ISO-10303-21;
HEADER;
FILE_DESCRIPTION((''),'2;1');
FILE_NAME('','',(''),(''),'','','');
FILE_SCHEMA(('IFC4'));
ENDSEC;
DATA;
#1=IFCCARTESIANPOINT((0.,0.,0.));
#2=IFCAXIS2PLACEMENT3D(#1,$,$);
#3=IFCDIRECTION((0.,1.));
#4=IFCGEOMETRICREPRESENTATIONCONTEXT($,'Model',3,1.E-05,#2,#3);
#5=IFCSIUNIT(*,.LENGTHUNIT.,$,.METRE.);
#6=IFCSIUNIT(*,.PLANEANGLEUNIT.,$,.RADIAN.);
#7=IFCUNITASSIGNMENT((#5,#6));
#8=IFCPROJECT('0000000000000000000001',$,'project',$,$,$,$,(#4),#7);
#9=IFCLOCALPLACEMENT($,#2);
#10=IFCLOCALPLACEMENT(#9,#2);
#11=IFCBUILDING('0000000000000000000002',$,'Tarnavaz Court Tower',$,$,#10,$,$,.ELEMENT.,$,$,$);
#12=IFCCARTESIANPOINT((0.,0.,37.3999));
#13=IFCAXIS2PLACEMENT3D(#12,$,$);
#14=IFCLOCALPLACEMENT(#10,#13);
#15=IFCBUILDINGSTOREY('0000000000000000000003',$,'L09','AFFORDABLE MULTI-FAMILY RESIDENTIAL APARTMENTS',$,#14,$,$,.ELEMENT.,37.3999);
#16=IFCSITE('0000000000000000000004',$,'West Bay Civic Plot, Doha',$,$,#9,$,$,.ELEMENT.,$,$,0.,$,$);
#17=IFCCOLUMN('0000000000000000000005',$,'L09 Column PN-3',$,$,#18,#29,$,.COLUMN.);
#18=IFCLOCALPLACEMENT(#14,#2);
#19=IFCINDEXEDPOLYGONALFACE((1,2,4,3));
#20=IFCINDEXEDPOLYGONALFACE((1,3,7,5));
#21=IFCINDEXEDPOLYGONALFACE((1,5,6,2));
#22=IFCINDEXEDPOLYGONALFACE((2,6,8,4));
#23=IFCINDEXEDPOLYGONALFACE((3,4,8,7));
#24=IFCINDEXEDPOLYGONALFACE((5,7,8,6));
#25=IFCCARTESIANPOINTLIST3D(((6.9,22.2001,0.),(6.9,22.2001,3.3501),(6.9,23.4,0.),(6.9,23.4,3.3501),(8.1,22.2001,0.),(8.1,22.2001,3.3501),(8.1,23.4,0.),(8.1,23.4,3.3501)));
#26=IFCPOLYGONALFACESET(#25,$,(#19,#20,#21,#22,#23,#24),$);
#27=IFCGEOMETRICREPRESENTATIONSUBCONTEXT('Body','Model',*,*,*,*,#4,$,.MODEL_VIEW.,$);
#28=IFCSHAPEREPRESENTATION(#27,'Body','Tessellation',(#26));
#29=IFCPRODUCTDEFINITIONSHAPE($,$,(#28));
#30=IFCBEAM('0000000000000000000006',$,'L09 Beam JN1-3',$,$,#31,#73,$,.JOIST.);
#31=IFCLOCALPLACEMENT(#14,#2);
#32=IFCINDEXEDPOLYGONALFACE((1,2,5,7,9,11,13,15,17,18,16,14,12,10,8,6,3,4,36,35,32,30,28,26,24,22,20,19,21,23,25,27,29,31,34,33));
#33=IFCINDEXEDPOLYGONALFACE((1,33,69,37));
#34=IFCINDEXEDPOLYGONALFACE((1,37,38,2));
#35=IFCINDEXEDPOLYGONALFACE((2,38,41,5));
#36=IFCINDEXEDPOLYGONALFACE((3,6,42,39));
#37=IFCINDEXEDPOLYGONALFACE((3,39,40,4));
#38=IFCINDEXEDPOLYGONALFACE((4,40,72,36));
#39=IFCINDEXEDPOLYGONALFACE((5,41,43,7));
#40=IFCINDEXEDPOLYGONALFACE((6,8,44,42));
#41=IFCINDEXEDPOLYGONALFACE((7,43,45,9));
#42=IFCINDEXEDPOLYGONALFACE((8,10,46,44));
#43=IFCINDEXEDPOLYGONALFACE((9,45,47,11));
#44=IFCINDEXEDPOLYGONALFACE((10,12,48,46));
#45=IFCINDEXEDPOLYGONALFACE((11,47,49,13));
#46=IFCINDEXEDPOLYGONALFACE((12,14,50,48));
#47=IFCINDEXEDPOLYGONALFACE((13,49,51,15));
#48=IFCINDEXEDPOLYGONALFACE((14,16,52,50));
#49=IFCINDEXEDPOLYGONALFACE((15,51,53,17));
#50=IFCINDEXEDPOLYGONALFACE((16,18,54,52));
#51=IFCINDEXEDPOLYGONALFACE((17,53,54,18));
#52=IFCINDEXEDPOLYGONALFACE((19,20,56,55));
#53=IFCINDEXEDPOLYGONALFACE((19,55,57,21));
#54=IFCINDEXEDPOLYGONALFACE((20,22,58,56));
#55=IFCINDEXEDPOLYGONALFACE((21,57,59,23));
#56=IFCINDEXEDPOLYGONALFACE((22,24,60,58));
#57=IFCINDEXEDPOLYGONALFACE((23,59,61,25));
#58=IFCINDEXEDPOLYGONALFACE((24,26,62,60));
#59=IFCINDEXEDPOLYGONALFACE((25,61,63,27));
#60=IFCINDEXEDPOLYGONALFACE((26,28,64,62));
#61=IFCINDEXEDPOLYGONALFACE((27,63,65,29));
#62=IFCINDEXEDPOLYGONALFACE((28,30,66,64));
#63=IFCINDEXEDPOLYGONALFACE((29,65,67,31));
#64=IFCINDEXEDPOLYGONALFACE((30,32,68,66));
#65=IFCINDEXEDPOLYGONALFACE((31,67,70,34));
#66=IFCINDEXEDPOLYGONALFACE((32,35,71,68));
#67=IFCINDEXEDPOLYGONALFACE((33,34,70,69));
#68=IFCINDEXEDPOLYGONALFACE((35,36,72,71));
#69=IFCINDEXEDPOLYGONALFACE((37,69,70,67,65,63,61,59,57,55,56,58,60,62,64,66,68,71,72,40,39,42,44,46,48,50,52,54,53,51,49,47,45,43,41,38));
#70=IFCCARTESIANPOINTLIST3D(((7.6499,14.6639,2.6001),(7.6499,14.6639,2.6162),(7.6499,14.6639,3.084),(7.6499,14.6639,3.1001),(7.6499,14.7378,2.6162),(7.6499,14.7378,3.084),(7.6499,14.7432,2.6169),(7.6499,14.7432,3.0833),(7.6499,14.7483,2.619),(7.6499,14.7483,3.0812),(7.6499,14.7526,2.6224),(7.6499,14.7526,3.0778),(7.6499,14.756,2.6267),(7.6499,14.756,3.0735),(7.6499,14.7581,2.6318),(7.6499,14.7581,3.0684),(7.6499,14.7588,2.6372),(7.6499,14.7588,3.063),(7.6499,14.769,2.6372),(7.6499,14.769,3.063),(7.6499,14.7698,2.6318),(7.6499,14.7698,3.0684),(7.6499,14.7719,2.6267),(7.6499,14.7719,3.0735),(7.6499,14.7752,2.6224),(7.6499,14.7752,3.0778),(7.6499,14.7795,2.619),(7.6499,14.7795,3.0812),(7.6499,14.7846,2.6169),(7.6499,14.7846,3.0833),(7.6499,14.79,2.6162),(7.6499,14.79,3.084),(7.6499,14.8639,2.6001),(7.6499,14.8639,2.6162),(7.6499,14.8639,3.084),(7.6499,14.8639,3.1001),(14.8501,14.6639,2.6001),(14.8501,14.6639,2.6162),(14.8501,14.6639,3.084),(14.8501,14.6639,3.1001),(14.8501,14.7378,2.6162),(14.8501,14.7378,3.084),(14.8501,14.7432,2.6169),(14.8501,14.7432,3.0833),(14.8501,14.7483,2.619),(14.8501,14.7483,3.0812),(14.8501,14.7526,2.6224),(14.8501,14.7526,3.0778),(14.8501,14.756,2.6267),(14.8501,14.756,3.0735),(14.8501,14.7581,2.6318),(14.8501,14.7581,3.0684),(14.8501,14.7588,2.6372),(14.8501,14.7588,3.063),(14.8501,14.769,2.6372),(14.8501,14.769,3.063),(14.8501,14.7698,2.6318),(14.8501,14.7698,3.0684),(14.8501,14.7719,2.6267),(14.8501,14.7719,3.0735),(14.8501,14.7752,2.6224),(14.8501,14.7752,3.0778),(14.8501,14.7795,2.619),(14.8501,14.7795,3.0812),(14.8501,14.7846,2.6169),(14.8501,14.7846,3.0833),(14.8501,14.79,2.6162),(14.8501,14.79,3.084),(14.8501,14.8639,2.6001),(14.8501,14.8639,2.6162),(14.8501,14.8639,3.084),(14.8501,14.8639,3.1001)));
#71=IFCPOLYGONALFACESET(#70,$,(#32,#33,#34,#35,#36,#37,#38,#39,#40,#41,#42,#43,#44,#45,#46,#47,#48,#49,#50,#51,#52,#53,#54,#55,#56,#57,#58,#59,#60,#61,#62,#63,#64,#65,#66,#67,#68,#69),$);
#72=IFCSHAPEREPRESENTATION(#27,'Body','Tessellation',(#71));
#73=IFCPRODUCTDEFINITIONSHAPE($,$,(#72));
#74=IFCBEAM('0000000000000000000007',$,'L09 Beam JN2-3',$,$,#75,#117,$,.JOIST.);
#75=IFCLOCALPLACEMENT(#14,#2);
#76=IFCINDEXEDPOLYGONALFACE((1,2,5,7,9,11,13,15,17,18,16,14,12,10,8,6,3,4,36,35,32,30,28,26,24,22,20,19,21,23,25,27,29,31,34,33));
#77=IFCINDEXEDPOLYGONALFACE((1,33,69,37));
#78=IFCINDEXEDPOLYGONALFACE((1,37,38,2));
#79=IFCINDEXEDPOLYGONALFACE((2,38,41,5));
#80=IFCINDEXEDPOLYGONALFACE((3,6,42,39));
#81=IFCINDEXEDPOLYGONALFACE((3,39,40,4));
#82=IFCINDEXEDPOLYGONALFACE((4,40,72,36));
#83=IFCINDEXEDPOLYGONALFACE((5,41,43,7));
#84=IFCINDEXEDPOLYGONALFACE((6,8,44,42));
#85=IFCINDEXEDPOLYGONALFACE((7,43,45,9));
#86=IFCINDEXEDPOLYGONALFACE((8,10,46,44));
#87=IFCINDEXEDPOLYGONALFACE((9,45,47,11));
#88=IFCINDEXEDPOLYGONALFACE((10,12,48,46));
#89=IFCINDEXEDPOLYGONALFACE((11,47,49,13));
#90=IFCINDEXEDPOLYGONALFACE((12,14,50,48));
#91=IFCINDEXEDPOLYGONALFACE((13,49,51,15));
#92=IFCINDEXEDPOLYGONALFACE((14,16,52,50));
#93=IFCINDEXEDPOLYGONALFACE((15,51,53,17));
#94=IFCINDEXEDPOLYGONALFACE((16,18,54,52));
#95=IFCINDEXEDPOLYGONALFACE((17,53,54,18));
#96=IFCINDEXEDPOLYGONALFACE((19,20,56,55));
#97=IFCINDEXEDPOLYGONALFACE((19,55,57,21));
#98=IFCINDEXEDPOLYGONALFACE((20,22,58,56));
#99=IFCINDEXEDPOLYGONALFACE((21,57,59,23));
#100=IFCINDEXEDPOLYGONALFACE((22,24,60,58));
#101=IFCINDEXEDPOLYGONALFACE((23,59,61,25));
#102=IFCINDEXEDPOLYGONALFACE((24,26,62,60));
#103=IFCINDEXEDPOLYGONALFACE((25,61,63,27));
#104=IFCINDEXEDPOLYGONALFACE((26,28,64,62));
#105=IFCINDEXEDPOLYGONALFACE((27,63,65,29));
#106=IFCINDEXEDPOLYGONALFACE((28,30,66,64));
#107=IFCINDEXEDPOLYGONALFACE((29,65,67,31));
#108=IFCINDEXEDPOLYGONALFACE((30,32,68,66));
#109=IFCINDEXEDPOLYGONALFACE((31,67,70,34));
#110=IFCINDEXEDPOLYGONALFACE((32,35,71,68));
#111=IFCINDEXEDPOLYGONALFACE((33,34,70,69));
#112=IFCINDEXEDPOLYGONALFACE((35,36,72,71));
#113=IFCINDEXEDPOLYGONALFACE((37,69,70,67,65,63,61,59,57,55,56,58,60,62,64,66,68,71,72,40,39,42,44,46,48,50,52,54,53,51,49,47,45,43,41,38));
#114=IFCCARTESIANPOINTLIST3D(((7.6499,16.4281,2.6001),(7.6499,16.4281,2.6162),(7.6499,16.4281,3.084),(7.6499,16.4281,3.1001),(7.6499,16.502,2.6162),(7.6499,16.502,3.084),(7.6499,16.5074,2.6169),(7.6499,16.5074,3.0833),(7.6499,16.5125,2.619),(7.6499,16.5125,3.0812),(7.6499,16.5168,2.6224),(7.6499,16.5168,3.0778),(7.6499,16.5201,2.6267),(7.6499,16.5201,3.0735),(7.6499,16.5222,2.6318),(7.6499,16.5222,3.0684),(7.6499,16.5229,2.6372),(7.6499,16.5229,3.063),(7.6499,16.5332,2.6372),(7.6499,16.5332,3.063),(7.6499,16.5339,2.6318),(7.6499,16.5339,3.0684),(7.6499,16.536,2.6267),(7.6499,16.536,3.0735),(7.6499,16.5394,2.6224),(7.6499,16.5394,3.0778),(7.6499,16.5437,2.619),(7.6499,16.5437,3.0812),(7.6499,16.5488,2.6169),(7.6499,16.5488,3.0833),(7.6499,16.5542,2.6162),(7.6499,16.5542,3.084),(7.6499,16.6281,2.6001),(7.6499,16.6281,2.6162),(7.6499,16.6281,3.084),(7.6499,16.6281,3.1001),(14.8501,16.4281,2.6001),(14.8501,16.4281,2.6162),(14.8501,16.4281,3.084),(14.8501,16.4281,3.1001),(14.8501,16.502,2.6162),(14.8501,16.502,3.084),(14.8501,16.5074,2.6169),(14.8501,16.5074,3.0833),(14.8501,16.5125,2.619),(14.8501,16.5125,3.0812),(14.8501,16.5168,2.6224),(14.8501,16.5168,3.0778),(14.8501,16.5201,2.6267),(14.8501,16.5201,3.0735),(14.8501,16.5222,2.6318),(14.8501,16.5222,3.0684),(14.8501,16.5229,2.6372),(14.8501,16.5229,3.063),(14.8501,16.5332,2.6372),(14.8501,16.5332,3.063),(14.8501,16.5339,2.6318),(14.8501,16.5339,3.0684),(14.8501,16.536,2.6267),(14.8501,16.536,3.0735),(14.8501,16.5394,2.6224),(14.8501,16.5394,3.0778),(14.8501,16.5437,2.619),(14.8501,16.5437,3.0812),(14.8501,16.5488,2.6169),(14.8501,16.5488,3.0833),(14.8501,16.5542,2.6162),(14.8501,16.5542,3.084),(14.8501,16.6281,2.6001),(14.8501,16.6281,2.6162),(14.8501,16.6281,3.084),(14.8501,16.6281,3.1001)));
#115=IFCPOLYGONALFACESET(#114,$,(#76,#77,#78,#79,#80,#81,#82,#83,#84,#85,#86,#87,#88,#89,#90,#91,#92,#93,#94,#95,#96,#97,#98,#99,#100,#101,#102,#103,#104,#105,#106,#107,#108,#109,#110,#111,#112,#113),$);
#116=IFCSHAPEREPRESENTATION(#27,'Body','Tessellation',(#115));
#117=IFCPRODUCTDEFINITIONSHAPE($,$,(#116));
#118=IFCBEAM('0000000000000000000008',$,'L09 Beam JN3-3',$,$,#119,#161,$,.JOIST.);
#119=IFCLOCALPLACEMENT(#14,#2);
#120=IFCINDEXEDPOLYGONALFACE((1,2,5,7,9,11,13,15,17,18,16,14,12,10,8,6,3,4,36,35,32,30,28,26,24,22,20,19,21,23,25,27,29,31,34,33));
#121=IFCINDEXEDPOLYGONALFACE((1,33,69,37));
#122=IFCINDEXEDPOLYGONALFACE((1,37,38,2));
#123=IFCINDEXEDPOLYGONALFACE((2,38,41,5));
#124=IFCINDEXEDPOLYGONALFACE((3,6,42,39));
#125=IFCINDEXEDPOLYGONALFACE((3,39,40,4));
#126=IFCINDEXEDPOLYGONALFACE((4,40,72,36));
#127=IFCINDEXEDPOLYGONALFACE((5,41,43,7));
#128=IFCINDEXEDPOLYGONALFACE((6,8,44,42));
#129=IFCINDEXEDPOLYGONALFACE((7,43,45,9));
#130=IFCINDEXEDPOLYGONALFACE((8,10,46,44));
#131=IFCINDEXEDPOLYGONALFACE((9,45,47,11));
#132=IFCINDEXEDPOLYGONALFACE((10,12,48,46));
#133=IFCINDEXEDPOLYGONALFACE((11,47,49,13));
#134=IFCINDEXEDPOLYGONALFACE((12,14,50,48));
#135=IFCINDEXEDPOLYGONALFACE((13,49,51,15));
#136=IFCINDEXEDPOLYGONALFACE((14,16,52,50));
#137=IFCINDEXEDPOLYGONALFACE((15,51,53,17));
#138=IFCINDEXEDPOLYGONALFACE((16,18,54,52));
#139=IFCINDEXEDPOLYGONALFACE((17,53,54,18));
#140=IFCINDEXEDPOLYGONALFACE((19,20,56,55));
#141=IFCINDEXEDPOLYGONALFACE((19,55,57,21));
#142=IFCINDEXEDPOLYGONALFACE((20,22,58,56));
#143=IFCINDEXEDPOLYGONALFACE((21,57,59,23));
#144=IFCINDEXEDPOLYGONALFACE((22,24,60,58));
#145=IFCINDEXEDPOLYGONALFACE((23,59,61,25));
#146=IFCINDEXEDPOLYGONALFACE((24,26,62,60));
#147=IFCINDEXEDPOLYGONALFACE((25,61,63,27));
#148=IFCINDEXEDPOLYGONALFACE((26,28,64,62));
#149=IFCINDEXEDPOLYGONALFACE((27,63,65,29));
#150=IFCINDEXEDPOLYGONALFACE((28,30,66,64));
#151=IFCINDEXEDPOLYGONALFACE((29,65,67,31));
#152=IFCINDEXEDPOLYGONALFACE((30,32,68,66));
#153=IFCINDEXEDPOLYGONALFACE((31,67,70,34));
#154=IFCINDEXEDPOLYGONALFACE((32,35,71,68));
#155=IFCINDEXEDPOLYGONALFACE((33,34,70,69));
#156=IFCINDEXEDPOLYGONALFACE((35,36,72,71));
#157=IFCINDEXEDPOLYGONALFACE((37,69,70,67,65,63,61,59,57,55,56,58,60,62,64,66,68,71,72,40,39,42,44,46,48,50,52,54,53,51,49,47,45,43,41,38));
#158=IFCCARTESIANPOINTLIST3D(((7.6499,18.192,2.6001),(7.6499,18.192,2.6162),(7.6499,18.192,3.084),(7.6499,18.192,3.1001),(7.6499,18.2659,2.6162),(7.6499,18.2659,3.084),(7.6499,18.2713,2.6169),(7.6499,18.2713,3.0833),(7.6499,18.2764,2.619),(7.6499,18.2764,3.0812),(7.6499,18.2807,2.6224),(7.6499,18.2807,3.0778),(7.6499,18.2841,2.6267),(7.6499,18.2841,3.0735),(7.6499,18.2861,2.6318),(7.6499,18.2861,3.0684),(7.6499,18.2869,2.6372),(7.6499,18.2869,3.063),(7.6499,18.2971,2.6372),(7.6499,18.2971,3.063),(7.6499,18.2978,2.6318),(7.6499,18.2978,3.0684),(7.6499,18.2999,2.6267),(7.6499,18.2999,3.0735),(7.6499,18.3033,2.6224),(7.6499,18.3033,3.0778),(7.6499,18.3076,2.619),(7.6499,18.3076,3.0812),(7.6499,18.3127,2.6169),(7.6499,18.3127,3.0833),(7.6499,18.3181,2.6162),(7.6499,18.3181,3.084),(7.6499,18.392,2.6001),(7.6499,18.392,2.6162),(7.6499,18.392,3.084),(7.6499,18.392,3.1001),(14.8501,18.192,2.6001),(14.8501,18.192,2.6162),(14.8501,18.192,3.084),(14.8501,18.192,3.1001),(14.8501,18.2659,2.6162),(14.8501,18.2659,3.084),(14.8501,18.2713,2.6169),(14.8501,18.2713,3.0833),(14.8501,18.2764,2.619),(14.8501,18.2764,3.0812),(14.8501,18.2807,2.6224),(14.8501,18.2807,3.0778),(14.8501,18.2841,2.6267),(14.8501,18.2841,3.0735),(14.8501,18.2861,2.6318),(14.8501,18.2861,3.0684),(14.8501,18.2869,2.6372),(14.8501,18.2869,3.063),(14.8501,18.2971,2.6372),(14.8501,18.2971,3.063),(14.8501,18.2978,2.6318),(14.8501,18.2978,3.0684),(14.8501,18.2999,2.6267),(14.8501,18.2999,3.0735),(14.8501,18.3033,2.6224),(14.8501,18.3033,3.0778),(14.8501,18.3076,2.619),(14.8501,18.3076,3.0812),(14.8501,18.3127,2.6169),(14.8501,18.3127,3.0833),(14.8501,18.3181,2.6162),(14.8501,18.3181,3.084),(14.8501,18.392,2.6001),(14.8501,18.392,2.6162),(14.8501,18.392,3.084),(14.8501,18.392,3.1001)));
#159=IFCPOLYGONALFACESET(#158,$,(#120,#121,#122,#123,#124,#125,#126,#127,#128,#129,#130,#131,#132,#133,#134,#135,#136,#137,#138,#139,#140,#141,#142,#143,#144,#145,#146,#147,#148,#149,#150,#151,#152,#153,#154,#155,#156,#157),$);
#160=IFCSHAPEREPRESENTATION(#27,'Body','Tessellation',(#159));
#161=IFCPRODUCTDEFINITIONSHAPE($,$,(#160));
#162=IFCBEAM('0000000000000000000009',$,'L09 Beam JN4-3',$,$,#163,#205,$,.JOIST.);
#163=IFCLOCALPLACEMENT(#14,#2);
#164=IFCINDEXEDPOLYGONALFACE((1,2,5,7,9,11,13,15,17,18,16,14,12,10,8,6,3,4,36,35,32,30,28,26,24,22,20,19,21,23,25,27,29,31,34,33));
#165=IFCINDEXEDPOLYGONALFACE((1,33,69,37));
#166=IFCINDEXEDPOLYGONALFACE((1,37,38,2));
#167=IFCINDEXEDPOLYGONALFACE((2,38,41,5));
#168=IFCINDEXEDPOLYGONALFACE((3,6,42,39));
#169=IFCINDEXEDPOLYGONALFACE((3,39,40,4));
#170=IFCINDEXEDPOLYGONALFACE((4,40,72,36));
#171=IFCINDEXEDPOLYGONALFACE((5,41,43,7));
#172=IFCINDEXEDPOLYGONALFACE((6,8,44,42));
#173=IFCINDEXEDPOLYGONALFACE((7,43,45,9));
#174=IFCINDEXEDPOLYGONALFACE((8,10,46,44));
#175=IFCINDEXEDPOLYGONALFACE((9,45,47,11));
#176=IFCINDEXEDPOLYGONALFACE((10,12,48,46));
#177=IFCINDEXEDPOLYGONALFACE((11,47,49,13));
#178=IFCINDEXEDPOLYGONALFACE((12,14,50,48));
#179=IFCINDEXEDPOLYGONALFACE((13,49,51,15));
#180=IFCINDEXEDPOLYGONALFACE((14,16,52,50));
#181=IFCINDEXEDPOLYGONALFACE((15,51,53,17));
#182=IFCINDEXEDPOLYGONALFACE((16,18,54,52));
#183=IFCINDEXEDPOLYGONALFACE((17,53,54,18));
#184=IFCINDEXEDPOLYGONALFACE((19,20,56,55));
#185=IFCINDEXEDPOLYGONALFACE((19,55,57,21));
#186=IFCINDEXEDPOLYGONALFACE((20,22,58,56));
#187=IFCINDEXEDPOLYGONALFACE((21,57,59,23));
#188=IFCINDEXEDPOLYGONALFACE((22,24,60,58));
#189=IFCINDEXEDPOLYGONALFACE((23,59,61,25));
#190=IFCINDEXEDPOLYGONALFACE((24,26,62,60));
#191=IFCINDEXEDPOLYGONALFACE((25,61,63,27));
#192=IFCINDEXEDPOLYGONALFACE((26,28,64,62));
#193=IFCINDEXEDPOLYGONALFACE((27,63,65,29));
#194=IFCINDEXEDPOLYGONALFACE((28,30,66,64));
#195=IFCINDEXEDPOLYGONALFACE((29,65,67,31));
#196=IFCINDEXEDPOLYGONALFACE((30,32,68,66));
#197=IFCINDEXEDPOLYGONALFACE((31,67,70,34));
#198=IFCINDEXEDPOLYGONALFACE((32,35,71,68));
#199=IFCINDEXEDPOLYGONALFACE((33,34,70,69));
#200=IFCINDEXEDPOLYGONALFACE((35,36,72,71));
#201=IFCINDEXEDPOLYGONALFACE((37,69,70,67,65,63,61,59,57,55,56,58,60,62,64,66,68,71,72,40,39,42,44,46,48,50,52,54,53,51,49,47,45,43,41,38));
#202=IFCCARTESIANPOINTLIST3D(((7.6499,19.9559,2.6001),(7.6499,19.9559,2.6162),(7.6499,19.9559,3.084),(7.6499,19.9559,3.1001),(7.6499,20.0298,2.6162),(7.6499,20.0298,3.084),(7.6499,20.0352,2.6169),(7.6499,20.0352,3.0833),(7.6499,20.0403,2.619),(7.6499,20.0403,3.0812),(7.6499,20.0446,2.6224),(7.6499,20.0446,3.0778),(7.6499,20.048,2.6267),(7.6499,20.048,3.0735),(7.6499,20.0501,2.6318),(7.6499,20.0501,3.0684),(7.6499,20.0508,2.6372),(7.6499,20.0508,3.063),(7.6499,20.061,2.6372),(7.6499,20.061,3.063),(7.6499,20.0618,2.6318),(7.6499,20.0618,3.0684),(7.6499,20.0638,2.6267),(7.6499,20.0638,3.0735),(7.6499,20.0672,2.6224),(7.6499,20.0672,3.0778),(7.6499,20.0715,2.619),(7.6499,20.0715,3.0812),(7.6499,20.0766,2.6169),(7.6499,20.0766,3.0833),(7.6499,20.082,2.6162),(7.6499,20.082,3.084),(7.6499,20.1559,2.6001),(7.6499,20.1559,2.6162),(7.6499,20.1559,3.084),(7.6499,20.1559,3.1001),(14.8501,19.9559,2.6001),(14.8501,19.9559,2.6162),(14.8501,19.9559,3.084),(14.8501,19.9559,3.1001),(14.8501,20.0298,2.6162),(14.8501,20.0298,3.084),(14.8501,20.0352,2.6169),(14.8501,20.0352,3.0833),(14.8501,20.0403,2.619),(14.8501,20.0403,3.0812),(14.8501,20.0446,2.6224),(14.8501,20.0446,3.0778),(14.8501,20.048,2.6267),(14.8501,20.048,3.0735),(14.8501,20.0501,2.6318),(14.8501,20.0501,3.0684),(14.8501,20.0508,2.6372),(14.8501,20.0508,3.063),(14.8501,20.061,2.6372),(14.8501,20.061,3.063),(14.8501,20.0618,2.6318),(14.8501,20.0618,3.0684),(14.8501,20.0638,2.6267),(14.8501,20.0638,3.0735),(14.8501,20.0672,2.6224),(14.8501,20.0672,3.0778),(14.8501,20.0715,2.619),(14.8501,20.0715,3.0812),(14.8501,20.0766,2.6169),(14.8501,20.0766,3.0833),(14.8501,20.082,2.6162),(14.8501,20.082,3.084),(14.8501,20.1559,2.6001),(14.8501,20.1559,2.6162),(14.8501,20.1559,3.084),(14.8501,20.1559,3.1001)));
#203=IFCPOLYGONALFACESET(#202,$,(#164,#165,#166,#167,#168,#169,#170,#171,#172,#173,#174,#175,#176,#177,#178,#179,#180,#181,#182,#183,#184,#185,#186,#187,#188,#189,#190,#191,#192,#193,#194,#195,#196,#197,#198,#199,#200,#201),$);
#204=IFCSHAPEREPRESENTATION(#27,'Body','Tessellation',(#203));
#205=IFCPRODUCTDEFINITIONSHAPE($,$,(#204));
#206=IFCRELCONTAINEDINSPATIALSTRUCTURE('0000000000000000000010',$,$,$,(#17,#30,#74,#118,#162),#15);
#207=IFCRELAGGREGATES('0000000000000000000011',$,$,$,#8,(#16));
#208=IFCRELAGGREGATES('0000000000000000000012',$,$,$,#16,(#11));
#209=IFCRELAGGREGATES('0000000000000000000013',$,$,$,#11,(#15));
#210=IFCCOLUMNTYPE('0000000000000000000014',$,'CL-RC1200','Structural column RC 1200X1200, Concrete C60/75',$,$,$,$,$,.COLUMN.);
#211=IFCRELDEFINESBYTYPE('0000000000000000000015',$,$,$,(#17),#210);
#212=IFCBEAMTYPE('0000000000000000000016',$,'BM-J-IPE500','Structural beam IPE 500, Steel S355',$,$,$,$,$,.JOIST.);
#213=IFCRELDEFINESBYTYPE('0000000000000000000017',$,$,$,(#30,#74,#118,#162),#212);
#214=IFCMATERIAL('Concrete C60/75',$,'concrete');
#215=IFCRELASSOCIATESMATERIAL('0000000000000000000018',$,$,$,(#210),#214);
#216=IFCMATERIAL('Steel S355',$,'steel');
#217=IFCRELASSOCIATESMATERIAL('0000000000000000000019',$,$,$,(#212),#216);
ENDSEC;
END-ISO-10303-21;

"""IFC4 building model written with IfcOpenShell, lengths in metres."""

from ifc_helpers import new_model, si_unit, direction, frame, origin, origin_2d, place, context, subcontext, project, spatial, rectangle, i_section, extrude, material, material_profile, profile_set, type_object, element, save


model = new_model("IFC4")

# Units and contexts
model_context = context("Model", 3, precision=1e-05, world=origin(), true_north=direction((0.0, 1.0)))
body_context = subcontext(model_context, "Body", "Model", "MODEL_VIEW")
ifc_project = project(units=[si_unit("LENGTHUNIT", "METRE"), si_unit("PLANEANGLEUNIT", "RADIAN")], contexts=[model_context])

# Site, building, storey
site_placement = place(None, origin())
site = spatial("IfcSite", under=ifc_project, at=site_placement, Name="West Bay Civic Plot, Doha", CompositionType="ELEMENT", RefElevation=0.0)
building_placement = place(site_placement, origin())
building = spatial("IfcBuilding", under=site, at=building_placement, Name="Tarnavaz Court Tower", CompositionType="ELEMENT")
storey_placement = place(building_placement, frame((0.0, 0.0, 37.3999)))
storey = spatial("IfcBuildingStorey", under=building, at=storey_placement, Name="L09", Description="AFFORDABLE MULTI-FAMILY RESIDENTIAL APARTMENTS", CompositionType="ELEMENT", Elevation=37.3999)

# Column
ifc_material_1 = material(Name="Concrete C60/75", Category="concrete")
ifc_material_profile_1 = material_profile(ifc_material_1, rectangle(XDim=1.2, YDim=1.2, at=origin_2d()), Name="RC 1200X1200")
ifc_profile_set_1 = profile_set([ifc_material_profile_1], Name="Concrete C60/75")
column_type = type_object("IfcColumnType", Name="CL-RC1200", Description="Structural column RC 1200X1200, Concrete C60/75", PredefinedType="COLUMN", material=ifc_profile_set_1)
column_placement = place(storey_placement, frame((7.5, 22.8, 0.0), z_axis=(0.0, 0.0, 1.0), x_axis=(1.0, 0.0, 0.0)))
element("IfcColumn", 1, at=column_placement, inside=storey, type_object=column_type, Name="L09 Column PN-3", PredefinedType="COLUMN", context=body_context, shape_type="SweptSolid", body=[
    extrude(rectangle(XDim=1.2, YDim=1.2, at=origin_2d()), origin(), (0.0, 0.0, 1.0), 3.3501),
])

# Beams
ifc_material_2 = material(Name="Steel S355", Category="steel")
ifc_material_profile_2 = material_profile(ifc_material_2, i_section(OverallWidth=0.2, OverallDepth=0.5, WebThickness=0.0103, FlangeThickness=0.0161, FilletRadius=0.021, at=origin_2d()), Name="IPE 500")
ifc_profile_set_2 = profile_set([ifc_material_profile_2], Name="Steel S355")
beam_type_1 = type_object("IfcBeamType", Name="BM-J-IPE500", Description="Structural beam IPE 500, Steel S355", PredefinedType="JOIST", material=ifc_profile_set_2)
for number, where, z_axis, x_axis, name in (
    (2, (7.6499, 14.7639, 2.8501), (1.0, 0.0, 0.0), (0.0, 1.0, 0.0), "L09 Beam JN1-3"),
    (3, (7.6499, 16.5281, 2.8501), (1.0, 0.0, 0.0), (0.0, 1.0, 0.0), "L09 Beam JN2-3"),
    (4, (7.6499, 18.292, 2.8501), (1.0, 0.0, 0.0), (0.0, 1.0, 0.0), "L09 Beam JN3-3"),
    (5, (7.6499, 20.0559, 2.8501), (1.0, 0.0, 0.0), (0.0, 1.0, 0.0), "L09 Beam JN4-3"),
):
    element("IfcBeam", number, at=place(storey_placement, frame(where, z_axis=z_axis, x_axis=x_axis)), inside=storey, type_object=beam_type_1, Name=name, PredefinedType="JOIST", context=body_context, shape_type="SweptSolid", body=[
        extrude(i_section(OverallWidth=0.2, OverallDepth=0.5, WebThickness=0.0103, FlangeThickness=0.0161, FilletRadius=0.021, at=origin_2d()), origin(), (0.0, 0.0, 1.0), 7.2002),
    ])

save(model, "model.ifc")
